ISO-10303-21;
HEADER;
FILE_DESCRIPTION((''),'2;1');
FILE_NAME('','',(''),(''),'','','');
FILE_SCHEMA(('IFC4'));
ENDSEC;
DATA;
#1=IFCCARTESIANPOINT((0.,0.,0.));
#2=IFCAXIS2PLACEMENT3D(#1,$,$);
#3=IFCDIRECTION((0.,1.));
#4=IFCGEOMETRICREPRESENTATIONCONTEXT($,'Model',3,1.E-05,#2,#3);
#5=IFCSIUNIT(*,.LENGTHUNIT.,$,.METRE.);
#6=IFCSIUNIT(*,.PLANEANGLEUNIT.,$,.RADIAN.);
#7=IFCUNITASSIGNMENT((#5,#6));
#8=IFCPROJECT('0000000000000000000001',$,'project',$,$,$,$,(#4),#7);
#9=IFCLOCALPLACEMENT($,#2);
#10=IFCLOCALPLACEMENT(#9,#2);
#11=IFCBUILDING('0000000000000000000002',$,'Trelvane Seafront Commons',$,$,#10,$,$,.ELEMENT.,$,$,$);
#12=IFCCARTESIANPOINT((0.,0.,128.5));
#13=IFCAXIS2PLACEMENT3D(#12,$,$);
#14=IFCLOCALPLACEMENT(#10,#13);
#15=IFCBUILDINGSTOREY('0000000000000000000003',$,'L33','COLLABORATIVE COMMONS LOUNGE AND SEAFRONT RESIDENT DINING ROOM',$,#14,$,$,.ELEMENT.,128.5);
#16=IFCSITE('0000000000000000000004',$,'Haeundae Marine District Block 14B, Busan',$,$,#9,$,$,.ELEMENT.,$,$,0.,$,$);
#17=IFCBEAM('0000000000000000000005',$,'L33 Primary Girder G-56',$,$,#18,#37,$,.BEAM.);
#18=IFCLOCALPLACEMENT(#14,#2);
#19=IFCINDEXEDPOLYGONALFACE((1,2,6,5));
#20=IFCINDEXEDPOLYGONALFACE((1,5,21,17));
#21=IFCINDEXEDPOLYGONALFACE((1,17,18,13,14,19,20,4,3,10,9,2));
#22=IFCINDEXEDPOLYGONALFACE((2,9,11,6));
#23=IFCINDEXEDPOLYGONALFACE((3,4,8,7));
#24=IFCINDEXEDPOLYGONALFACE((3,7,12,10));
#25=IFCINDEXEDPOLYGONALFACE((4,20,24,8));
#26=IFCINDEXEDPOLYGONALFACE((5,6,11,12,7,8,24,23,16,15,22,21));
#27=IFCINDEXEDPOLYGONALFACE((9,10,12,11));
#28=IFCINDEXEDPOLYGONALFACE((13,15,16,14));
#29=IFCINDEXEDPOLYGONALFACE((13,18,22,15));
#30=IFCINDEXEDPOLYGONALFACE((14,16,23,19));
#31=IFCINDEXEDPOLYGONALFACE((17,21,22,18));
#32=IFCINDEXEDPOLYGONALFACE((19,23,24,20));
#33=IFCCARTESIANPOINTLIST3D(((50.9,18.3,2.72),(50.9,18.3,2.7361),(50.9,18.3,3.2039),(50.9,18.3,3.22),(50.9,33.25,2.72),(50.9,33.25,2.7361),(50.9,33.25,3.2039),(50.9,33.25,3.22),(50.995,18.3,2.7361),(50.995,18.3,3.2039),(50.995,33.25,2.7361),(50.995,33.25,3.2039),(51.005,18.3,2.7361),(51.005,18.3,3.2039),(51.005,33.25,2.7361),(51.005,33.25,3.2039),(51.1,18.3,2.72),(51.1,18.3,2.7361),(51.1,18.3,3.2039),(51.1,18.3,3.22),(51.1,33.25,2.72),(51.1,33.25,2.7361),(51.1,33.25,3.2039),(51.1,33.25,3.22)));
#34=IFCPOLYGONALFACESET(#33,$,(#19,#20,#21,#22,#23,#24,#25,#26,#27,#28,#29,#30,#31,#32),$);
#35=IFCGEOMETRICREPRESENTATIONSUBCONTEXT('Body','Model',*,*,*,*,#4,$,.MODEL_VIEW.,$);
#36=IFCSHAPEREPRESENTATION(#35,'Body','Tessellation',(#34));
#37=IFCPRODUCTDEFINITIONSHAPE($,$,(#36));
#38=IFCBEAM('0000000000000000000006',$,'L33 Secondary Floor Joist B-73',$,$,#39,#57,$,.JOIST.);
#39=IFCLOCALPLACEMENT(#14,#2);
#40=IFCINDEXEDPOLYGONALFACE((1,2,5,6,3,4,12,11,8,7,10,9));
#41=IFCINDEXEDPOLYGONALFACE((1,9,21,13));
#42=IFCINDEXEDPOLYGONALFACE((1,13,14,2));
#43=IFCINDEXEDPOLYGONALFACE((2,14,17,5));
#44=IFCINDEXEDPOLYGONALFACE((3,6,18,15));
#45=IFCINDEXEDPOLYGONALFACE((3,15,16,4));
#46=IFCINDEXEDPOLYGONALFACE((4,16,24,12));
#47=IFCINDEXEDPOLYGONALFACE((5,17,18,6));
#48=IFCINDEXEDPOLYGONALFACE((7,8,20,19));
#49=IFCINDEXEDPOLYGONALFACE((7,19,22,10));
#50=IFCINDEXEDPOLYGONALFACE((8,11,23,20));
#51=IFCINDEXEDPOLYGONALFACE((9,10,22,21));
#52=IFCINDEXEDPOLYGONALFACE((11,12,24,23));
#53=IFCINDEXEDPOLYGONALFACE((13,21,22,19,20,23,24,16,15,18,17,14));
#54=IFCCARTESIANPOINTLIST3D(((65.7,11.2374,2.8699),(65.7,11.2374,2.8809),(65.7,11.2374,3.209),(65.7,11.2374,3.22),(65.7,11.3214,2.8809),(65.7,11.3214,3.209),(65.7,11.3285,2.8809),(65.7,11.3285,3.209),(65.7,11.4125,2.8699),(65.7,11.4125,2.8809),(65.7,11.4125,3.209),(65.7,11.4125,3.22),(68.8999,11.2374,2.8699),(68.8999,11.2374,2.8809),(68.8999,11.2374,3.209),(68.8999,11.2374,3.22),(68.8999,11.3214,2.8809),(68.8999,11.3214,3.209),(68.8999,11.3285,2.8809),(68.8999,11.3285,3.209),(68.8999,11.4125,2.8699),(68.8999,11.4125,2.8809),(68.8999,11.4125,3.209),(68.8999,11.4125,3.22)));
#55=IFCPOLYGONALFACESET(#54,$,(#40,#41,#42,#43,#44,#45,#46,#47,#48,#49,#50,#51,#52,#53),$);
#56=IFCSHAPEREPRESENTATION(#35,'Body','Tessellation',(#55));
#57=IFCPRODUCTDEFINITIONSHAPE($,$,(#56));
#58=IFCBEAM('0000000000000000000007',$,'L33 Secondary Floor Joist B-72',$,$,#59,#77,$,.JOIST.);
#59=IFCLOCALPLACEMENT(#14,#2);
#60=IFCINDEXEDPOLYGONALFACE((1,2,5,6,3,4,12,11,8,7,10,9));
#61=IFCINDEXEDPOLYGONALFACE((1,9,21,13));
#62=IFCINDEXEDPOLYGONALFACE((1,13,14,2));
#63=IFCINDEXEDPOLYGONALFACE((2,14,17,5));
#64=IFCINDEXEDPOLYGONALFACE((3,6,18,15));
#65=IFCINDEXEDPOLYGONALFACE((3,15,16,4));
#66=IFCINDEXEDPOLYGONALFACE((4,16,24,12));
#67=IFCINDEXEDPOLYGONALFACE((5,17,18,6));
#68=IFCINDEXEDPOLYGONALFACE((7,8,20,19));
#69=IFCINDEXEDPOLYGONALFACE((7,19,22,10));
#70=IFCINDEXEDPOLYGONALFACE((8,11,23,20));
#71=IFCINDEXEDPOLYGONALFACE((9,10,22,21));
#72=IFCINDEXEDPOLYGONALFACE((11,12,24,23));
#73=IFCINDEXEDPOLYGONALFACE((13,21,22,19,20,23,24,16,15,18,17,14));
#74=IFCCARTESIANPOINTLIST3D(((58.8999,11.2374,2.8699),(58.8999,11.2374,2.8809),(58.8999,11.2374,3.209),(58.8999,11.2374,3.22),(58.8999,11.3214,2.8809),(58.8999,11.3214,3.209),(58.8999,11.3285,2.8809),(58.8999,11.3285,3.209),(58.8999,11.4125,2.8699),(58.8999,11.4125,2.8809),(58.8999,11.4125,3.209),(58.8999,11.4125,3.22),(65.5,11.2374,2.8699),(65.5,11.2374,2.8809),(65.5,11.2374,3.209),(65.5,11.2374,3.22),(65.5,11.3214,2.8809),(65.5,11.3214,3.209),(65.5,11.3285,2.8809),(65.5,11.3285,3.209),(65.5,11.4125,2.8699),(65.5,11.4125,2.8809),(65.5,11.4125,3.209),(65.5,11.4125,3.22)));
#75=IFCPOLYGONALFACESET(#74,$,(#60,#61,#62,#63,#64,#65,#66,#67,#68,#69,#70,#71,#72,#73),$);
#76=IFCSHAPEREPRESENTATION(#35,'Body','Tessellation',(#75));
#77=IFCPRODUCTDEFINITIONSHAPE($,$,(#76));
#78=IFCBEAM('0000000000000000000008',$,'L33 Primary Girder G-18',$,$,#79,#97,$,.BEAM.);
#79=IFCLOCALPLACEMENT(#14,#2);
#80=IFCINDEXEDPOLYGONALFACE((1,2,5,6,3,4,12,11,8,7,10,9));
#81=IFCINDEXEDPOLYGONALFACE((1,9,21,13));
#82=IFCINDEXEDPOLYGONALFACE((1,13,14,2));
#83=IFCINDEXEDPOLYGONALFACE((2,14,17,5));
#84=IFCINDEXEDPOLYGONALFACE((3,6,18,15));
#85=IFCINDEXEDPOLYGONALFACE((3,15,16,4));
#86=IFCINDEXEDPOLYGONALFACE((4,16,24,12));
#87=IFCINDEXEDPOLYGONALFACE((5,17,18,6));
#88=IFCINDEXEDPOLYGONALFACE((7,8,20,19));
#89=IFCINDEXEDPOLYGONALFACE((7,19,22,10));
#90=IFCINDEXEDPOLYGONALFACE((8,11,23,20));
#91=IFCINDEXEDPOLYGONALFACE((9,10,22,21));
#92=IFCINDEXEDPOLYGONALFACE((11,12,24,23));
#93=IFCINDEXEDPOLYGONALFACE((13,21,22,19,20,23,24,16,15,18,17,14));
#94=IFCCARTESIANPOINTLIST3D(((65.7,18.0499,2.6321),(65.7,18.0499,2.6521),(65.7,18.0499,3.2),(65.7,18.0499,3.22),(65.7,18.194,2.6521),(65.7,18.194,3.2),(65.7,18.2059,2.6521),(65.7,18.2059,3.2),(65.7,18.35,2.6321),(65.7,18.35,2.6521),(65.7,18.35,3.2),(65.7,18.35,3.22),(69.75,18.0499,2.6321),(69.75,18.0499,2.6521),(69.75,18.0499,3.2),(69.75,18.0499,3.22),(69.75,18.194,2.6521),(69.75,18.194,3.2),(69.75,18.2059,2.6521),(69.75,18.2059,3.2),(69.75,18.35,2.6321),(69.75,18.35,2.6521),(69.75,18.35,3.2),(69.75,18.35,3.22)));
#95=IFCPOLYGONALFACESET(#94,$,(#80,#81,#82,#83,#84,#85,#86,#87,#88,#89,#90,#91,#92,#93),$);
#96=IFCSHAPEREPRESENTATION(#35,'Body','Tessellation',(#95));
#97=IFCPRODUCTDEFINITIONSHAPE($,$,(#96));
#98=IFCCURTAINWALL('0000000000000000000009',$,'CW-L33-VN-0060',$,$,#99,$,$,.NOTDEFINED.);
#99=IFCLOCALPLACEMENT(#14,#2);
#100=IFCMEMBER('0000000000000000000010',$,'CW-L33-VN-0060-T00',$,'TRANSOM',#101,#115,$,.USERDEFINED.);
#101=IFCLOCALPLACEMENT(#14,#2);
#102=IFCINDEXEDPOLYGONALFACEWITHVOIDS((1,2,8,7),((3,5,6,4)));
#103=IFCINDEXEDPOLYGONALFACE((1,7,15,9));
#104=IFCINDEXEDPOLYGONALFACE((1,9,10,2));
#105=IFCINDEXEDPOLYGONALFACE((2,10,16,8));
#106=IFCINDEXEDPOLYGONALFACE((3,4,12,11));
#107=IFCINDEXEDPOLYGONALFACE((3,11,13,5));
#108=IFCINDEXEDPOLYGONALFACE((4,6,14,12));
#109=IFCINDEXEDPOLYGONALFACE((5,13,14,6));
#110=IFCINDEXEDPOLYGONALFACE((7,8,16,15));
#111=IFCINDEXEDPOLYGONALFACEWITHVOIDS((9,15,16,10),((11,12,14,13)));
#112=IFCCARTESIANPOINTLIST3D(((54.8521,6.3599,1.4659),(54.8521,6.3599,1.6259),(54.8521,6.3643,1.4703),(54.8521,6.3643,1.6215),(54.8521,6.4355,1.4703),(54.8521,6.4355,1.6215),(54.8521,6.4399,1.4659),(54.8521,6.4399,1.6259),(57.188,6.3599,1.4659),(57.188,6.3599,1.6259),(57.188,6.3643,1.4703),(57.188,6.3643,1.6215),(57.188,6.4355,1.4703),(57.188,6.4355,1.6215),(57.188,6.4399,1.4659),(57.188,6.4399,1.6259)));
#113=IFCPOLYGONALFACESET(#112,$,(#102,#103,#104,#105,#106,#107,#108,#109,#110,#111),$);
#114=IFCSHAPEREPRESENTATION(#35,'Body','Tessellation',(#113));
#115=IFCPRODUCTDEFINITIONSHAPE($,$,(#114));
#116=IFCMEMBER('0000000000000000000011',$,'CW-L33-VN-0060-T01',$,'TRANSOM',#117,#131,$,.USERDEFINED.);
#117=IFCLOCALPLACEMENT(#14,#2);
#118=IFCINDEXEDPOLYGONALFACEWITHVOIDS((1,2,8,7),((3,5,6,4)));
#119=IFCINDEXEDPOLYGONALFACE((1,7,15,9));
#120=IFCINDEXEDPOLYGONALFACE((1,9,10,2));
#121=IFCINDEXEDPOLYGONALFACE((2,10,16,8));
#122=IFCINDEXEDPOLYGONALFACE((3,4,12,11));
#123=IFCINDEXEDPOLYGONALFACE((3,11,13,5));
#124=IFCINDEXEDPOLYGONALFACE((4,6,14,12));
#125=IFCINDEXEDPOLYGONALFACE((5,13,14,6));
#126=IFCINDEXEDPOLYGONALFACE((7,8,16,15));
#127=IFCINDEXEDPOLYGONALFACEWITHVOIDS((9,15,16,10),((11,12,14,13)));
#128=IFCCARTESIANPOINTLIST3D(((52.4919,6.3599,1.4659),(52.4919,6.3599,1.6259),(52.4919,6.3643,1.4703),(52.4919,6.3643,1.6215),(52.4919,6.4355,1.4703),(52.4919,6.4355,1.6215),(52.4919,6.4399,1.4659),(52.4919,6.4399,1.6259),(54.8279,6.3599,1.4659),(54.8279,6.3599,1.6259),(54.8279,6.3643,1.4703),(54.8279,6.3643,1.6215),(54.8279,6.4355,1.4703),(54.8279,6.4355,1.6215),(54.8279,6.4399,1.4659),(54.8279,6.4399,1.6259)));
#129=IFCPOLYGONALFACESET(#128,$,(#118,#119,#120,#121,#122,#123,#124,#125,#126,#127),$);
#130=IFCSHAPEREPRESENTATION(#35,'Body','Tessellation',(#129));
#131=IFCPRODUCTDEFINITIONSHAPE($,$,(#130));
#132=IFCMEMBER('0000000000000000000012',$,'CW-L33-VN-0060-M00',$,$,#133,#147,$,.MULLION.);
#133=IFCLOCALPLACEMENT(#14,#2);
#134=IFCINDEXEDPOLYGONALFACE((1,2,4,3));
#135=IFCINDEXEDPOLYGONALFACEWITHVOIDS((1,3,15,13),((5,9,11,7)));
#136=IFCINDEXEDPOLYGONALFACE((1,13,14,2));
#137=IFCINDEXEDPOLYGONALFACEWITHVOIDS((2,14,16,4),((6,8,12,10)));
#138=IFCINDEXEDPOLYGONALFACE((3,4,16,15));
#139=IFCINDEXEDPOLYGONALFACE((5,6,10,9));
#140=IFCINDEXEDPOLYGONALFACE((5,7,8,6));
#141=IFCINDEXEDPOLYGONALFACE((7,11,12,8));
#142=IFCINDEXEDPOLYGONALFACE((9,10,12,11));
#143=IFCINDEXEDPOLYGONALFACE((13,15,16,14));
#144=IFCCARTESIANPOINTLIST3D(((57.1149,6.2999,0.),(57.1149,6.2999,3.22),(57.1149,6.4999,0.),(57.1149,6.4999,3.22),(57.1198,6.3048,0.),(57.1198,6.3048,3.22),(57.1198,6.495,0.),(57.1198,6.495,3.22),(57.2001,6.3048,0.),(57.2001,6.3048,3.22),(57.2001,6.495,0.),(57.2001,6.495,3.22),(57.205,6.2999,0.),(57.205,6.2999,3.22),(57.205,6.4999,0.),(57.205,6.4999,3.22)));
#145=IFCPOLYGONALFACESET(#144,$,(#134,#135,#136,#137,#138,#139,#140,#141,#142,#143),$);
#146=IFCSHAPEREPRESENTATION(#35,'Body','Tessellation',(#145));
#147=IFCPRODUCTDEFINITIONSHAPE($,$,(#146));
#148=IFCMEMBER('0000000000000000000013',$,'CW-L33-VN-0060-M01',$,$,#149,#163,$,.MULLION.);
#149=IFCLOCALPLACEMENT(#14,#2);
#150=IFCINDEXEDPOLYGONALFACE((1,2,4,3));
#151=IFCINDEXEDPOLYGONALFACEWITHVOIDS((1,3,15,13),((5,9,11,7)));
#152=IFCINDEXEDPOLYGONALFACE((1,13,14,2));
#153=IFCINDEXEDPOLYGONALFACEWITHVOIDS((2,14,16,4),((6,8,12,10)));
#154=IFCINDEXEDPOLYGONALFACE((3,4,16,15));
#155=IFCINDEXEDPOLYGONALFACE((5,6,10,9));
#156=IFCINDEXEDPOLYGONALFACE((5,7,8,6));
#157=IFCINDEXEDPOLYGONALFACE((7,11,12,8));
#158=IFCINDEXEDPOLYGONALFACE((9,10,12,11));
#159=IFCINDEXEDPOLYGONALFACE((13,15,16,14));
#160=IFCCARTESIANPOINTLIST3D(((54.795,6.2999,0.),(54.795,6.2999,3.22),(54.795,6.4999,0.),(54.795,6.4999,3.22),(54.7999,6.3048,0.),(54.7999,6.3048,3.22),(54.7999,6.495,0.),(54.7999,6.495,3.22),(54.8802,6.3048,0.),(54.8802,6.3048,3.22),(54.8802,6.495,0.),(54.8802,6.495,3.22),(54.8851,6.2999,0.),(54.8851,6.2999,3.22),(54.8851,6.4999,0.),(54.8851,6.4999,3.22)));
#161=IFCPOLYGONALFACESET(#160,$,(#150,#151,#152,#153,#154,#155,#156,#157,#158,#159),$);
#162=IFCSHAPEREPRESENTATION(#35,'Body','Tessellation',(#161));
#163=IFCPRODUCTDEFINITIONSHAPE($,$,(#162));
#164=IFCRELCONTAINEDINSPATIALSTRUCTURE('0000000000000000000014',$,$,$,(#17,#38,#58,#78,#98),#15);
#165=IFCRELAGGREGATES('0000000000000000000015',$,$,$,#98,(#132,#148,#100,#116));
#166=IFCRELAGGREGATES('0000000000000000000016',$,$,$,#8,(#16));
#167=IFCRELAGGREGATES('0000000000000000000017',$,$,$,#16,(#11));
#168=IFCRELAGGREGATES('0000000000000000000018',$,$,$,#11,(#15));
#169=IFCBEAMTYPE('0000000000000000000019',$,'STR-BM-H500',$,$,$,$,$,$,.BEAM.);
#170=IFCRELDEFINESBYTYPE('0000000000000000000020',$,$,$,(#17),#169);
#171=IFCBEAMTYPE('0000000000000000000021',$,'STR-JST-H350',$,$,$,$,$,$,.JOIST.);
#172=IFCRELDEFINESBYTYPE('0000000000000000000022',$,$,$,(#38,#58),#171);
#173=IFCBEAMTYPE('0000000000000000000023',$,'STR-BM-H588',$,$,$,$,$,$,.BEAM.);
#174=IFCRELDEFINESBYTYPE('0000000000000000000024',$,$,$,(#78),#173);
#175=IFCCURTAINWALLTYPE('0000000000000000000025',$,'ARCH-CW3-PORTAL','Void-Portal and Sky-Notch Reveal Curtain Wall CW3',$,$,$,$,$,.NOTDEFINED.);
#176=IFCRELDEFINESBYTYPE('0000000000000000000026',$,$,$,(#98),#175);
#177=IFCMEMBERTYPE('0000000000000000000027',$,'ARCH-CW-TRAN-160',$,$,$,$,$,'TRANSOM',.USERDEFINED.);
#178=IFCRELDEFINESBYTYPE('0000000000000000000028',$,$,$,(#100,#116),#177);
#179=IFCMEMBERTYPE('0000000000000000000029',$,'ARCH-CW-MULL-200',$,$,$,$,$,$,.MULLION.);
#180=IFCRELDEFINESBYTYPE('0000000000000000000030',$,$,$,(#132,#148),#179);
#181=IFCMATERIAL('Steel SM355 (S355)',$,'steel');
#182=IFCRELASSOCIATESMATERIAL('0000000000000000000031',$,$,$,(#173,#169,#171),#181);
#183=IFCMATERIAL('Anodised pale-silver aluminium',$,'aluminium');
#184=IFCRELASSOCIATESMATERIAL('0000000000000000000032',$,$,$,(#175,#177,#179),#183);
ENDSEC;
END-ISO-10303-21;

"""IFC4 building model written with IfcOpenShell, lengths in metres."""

from ifc_helpers import new_model, si_unit, direction, frame, origin, origin_2d, place, context, subcontext, project, spatial, hollow_rectangle, i_section, extrude, source, transform, mapped, material, material_profile, profile_set, type_object, element, aggregate, save


model = new_model("IFC4")

# Units and contexts
model_context = context("Model", 3, precision=1e-05, world=origin(), true_north=direction((0.0, 1.0)))
body_context = subcontext(model_context, "Body", "Model", "MODEL_VIEW")
ifc_project = project(units=[si_unit("LENGTHUNIT", "METRE"), si_unit("PLANEANGLEUNIT", "RADIAN")], contexts=[model_context])

# Site, building, storey
site_placement = place(None, origin())
site = spatial("IfcSite", under=ifc_project, at=site_placement, Name="Haeundae Marine District Block 14B, Busan", CompositionType="ELEMENT", RefElevation=0.0)
building_placement = place(site_placement, origin())
building = spatial("IfcBuilding", under=site, at=building_placement, Name="Trelvane Seafront Commons", CompositionType="ELEMENT")
storey_placement = place(building_placement, frame((0.0, 0.0, 128.5)))
storey = spatial("IfcBuildingStorey", under=building, at=storey_placement, Name="L33", Description="COLLABORATIVE COMMONS LOUNGE AND SEAFRONT RESIDENT DINING ROOM", CompositionType="ELEMENT", Elevation=128.5)

# Shared definitions
ifc_material_1 = material(Name="Steel SM355 (S355)", Category="steel")

# Beams
ifc_material_profile_1 = material_profile(ifc_material_1, i_section(OverallWidth=0.3, OverallDepth=0.5879, WebThickness=0.012, FlangeThickness=0.02, at=origin_2d()), Name="H-588x300x12x20")
ifc_profile_set_1 = profile_set([ifc_material_profile_1], Name="Steel SM355 (S355)")
beam_type_1 = type_object("IfcBeamType", Name="STR-BM-H588", PredefinedType="BEAM", material=ifc_profile_set_1)
ifc_material_profile_2 = material_profile(ifc_material_1, i_section(OverallWidth=0.2, OverallDepth=0.5, WebThickness=0.01, FlangeThickness=0.0161, at=origin_2d()), Name="H-500x200x10x16")
ifc_profile_set_2 = profile_set([ifc_material_profile_2], Name="Steel SM355 (S355)")
beam_type_2 = type_object("IfcBeamType", Name="STR-BM-H500", PredefinedType="BEAM", material=ifc_profile_set_2)
shared_shape_1 = source(origin(), body_context, "Body", "SweptSolid", [
    extrude(i_section(OverallWidth=0.2, OverallDepth=0.5, WebThickness=0.01, FlangeThickness=0.0161, at=origin_2d()), origin(), (0.0, 0.0, 1.0), 14.95),
])
beam_1_placement = place(storey_placement, frame((51.0, 18.3, 2.97), z_axis=(0.0, 1.0, 0.0), x_axis=(-1.0, 0.0, 0.0)))
element("IfcBeam", 1, at=beam_1_placement, inside=storey, type_object=beam_type_2, Name="L33 Primary Girder G-56", PredefinedType="BEAM", context=body_context, shape_type="MappedRepresentation", body=[
    mapped(shared_shape_1, transform((0.0, 0.0, 0.0), x_axis=(1.0, 0.0, 0.0), y_axis=(0.0, 1.0, 0.0), z_axis=(0.0, 0.0, 1.0), scale=1.0)),
])
ifc_material_profile_3 = material_profile(ifc_material_1, i_section(OverallWidth=0.175, OverallDepth=0.3501, WebThickness=0.0071, FlangeThickness=0.011, at=origin_2d()), Name="H-350x175x7x11")
ifc_profile_set_3 = profile_set([ifc_material_profile_3], Name="Steel SM355 (S355)")
beam_type_3 = type_object("IfcBeamType", Name="STR-JST-H350", PredefinedType="JOIST", material=ifc_profile_set_3)
shared_shape_2 = source(origin(), body_context, "Body", "SweptSolid", [
    extrude(i_section(OverallWidth=0.175, OverallDepth=0.3501, WebThickness=0.0071, FlangeThickness=0.011, at=origin_2d()), origin(), (0.0, 0.0, 1.0), 3.2),
])
beam_2_placement = place(storey_placement, frame((65.7, 11.325, 3.0449), z_axis=(1.0, 0.0, 0.0), x_axis=(0.0, 1.0, 0.0)))
element("IfcBeam", 2, at=beam_2_placement, inside=storey, type_object=beam_type_3, Name="L33 Secondary Floor Joist B-73", PredefinedType="JOIST", context=body_context, shape_type="MappedRepresentation", body=[
    mapped(shared_shape_2, transform((0.0, 0.0, 0.0), x_axis=(1.0, 0.0, 0.0), y_axis=(0.0, 1.0, 0.0), z_axis=(0.0, 0.0, 1.0), scale=1.0)),
])
shared_shape_3 = source(origin(), body_context, "Body", "SweptSolid", [
    extrude(i_section(OverallWidth=0.175, OverallDepth=0.3501, WebThickness=0.0071, FlangeThickness=0.011, at=origin_2d()), origin(), (0.0, 0.0, 1.0), 6.6001),
])
beam_3_placement = place(storey_placement, frame((58.8999, 11.325, 3.0449), z_axis=(1.0, 0.0, 0.0), x_axis=(0.0, 1.0, 0.0)))
element("IfcBeam", 3, at=beam_3_placement, inside=storey, type_object=beam_type_3, Name="L33 Secondary Floor Joist B-72", PredefinedType="JOIST", context=body_context, shape_type="MappedRepresentation", body=[
    mapped(shared_shape_3, transform((0.0, 0.0, 0.0), x_axis=(1.0, 0.0, 0.0), y_axis=(0.0, 1.0, 0.0), z_axis=(0.0, 0.0, 1.0), scale=1.0)),
])
shared_shape_4 = source(origin(), body_context, "Body", "SweptSolid", [
    extrude(i_section(OverallWidth=0.3, OverallDepth=0.5879, WebThickness=0.012, FlangeThickness=0.02, at=origin_2d()), origin(), (0.0, 0.0, 1.0), 4.05),
])
beam_4_placement = place(storey_placement, frame((65.7, 18.2, 2.926), z_axis=(1.0, 0.0, 0.0), x_axis=(0.0, 1.0, 0.0)))
element("IfcBeam", 4, at=beam_4_placement, inside=storey, type_object=beam_type_1, Name="L33 Primary Girder G-18", PredefinedType="BEAM", context=body_context, shape_type="MappedRepresentation", body=[
    mapped(shared_shape_4, transform((0.0, 0.0, 0.0), x_axis=(1.0, 0.0, 0.0), y_axis=(0.0, 1.0, 0.0), z_axis=(0.0, 0.0, 1.0), scale=1.0)),
])

# Curtain wall, members
ifc_material_2 = material(Name="Anodised pale-silver aluminium", Category="aluminium")
curtain_wall_type = type_object("IfcCurtainWallType", Name="ARCH-CW3-PORTAL", Description="Void-Portal and Sky-Notch Reveal Curtain Wall CW3", PredefinedType="NOTDEFINED", material=ifc_material_2)
curtain_wall_placement = place(storey_placement, origin())
curtain_wall = element("IfcCurtainWall", 5, at=curtain_wall_placement, inside=storey, type_object=curtain_wall_type, Name="CW-L33-VN-0060", PredefinedType="NOTDEFINED")
ifc_material_profile_4 = material_profile(ifc_material_2, hollow_rectangle(XDim=0.0801, YDim=0.1599, WallThickness=0.0044, at=origin_2d()), Name="TRAN-80x160x4.5")
ifc_profile_set_4 = profile_set([ifc_material_profile_4], Name="Anodised pale-silver aluminium")
member_type_1 = type_object("IfcMemberType", Name="ARCH-CW-TRAN-160", ElementType="TRANSOM", PredefinedType="USERDEFINED", material=ifc_profile_set_4)
shared_shape_5 = source(origin(), body_context, "Body", "SweptSolid", [
    extrude(hollow_rectangle(XDim=0.0801, YDim=0.1599, WallThickness=0.0044, at=origin_2d()), origin(), (0.0, 0.0, 1.0), 2.3359),
])
member_1_placement = place(storey_placement, frame((57.188, 6.3999, 1.5459), z_axis=(-1.0, 0.0, 0.0), x_axis=(0.0, -1.0, 0.0)))
member_1 = element("IfcMember", 6, at=member_1_placement, type_object=member_type_1, Name="CW-L33-VN-0060-T00", ObjectType="TRANSOM", PredefinedType="USERDEFINED", context=body_context, shape_type="MappedRepresentation", body=[
    mapped(shared_shape_5, transform((0.0, 0.0, 0.0), x_axis=(1.0, 0.0, 0.0), y_axis=(0.0, 1.0, 0.0), z_axis=(0.0, 0.0, 1.0), scale=1.0)),
])
member_2_placement = place(storey_placement, frame((54.8279, 6.3999, 1.5459), z_axis=(-1.0, 0.0, 0.0), x_axis=(0.0, -1.0, 0.0)))
member_2 = element("IfcMember", 7, at=member_2_placement, type_object=member_type_1, Name="CW-L33-VN-0060-T01", ObjectType="TRANSOM", PredefinedType="USERDEFINED", context=body_context, shape_type="MappedRepresentation", body=[
    mapped(shared_shape_5, transform((0.0, 0.0, 0.0), x_axis=(1.0, 0.0, 0.0), y_axis=(0.0, 1.0, 0.0), z_axis=(0.0, 0.0, 1.0), scale=1.0)),
])
ifc_material_profile_5 = material_profile(ifc_material_2, hollow_rectangle(XDim=0.0901, YDim=0.2, WallThickness=0.0049, at=origin_2d()), Name="MULL-90x200x5")
ifc_profile_set_5 = profile_set([ifc_material_profile_5], Name="Anodised pale-silver aluminium")
member_type_2 = type_object("IfcMemberType", Name="ARCH-CW-MULL-200", PredefinedType="MULLION", material=ifc_profile_set_5)
shared_shape_6 = source(origin(), body_context, "Body", "SweptSolid", [
    extrude(hollow_rectangle(XDim=0.0901, YDim=0.2, WallThickness=0.0049, at=origin_2d()), origin(), (0.0, 0.0, 1.0), 3.22),
])
member_3_placement = place(storey_placement, frame((57.1599, 6.3999, 0.0), z_axis=(0.0, 0.0, 1.0), x_axis=(1.0, 0.0, 0.0)))
member_3 = element("IfcMember", 8, at=member_3_placement, type_object=member_type_2, Name="CW-L33-VN-0060-M00", PredefinedType="MULLION", context=body_context, shape_type="MappedRepresentation", body=[
    mapped(shared_shape_6, transform((0.0, 0.0, 0.0), x_axis=(1.0, 0.0, 0.0), y_axis=(0.0, 1.0, 0.0), z_axis=(0.0, 0.0, 1.0), scale=1.0)),
])
member_4_placement = place(storey_placement, frame((54.8401, 6.3999, 0.0), z_axis=(0.0, 0.0, 1.0), x_axis=(1.0, 0.0, 0.0)))
member_4 = element("IfcMember", 9, at=member_4_placement, type_object=member_type_2, Name="CW-L33-VN-0060-M01", PredefinedType="MULLION", context=body_context, shape_type="MappedRepresentation", body=[
    mapped(shared_shape_6, transform((0.0, 0.0, 0.0), x_axis=(1.0, 0.0, 0.0), y_axis=(0.0, 1.0, 0.0), z_axis=(0.0, 0.0, 1.0), scale=1.0)),
])
aggregate(curtain_wall, [member_3, member_4, member_1, member_2])

save(model, "model.ifc")
